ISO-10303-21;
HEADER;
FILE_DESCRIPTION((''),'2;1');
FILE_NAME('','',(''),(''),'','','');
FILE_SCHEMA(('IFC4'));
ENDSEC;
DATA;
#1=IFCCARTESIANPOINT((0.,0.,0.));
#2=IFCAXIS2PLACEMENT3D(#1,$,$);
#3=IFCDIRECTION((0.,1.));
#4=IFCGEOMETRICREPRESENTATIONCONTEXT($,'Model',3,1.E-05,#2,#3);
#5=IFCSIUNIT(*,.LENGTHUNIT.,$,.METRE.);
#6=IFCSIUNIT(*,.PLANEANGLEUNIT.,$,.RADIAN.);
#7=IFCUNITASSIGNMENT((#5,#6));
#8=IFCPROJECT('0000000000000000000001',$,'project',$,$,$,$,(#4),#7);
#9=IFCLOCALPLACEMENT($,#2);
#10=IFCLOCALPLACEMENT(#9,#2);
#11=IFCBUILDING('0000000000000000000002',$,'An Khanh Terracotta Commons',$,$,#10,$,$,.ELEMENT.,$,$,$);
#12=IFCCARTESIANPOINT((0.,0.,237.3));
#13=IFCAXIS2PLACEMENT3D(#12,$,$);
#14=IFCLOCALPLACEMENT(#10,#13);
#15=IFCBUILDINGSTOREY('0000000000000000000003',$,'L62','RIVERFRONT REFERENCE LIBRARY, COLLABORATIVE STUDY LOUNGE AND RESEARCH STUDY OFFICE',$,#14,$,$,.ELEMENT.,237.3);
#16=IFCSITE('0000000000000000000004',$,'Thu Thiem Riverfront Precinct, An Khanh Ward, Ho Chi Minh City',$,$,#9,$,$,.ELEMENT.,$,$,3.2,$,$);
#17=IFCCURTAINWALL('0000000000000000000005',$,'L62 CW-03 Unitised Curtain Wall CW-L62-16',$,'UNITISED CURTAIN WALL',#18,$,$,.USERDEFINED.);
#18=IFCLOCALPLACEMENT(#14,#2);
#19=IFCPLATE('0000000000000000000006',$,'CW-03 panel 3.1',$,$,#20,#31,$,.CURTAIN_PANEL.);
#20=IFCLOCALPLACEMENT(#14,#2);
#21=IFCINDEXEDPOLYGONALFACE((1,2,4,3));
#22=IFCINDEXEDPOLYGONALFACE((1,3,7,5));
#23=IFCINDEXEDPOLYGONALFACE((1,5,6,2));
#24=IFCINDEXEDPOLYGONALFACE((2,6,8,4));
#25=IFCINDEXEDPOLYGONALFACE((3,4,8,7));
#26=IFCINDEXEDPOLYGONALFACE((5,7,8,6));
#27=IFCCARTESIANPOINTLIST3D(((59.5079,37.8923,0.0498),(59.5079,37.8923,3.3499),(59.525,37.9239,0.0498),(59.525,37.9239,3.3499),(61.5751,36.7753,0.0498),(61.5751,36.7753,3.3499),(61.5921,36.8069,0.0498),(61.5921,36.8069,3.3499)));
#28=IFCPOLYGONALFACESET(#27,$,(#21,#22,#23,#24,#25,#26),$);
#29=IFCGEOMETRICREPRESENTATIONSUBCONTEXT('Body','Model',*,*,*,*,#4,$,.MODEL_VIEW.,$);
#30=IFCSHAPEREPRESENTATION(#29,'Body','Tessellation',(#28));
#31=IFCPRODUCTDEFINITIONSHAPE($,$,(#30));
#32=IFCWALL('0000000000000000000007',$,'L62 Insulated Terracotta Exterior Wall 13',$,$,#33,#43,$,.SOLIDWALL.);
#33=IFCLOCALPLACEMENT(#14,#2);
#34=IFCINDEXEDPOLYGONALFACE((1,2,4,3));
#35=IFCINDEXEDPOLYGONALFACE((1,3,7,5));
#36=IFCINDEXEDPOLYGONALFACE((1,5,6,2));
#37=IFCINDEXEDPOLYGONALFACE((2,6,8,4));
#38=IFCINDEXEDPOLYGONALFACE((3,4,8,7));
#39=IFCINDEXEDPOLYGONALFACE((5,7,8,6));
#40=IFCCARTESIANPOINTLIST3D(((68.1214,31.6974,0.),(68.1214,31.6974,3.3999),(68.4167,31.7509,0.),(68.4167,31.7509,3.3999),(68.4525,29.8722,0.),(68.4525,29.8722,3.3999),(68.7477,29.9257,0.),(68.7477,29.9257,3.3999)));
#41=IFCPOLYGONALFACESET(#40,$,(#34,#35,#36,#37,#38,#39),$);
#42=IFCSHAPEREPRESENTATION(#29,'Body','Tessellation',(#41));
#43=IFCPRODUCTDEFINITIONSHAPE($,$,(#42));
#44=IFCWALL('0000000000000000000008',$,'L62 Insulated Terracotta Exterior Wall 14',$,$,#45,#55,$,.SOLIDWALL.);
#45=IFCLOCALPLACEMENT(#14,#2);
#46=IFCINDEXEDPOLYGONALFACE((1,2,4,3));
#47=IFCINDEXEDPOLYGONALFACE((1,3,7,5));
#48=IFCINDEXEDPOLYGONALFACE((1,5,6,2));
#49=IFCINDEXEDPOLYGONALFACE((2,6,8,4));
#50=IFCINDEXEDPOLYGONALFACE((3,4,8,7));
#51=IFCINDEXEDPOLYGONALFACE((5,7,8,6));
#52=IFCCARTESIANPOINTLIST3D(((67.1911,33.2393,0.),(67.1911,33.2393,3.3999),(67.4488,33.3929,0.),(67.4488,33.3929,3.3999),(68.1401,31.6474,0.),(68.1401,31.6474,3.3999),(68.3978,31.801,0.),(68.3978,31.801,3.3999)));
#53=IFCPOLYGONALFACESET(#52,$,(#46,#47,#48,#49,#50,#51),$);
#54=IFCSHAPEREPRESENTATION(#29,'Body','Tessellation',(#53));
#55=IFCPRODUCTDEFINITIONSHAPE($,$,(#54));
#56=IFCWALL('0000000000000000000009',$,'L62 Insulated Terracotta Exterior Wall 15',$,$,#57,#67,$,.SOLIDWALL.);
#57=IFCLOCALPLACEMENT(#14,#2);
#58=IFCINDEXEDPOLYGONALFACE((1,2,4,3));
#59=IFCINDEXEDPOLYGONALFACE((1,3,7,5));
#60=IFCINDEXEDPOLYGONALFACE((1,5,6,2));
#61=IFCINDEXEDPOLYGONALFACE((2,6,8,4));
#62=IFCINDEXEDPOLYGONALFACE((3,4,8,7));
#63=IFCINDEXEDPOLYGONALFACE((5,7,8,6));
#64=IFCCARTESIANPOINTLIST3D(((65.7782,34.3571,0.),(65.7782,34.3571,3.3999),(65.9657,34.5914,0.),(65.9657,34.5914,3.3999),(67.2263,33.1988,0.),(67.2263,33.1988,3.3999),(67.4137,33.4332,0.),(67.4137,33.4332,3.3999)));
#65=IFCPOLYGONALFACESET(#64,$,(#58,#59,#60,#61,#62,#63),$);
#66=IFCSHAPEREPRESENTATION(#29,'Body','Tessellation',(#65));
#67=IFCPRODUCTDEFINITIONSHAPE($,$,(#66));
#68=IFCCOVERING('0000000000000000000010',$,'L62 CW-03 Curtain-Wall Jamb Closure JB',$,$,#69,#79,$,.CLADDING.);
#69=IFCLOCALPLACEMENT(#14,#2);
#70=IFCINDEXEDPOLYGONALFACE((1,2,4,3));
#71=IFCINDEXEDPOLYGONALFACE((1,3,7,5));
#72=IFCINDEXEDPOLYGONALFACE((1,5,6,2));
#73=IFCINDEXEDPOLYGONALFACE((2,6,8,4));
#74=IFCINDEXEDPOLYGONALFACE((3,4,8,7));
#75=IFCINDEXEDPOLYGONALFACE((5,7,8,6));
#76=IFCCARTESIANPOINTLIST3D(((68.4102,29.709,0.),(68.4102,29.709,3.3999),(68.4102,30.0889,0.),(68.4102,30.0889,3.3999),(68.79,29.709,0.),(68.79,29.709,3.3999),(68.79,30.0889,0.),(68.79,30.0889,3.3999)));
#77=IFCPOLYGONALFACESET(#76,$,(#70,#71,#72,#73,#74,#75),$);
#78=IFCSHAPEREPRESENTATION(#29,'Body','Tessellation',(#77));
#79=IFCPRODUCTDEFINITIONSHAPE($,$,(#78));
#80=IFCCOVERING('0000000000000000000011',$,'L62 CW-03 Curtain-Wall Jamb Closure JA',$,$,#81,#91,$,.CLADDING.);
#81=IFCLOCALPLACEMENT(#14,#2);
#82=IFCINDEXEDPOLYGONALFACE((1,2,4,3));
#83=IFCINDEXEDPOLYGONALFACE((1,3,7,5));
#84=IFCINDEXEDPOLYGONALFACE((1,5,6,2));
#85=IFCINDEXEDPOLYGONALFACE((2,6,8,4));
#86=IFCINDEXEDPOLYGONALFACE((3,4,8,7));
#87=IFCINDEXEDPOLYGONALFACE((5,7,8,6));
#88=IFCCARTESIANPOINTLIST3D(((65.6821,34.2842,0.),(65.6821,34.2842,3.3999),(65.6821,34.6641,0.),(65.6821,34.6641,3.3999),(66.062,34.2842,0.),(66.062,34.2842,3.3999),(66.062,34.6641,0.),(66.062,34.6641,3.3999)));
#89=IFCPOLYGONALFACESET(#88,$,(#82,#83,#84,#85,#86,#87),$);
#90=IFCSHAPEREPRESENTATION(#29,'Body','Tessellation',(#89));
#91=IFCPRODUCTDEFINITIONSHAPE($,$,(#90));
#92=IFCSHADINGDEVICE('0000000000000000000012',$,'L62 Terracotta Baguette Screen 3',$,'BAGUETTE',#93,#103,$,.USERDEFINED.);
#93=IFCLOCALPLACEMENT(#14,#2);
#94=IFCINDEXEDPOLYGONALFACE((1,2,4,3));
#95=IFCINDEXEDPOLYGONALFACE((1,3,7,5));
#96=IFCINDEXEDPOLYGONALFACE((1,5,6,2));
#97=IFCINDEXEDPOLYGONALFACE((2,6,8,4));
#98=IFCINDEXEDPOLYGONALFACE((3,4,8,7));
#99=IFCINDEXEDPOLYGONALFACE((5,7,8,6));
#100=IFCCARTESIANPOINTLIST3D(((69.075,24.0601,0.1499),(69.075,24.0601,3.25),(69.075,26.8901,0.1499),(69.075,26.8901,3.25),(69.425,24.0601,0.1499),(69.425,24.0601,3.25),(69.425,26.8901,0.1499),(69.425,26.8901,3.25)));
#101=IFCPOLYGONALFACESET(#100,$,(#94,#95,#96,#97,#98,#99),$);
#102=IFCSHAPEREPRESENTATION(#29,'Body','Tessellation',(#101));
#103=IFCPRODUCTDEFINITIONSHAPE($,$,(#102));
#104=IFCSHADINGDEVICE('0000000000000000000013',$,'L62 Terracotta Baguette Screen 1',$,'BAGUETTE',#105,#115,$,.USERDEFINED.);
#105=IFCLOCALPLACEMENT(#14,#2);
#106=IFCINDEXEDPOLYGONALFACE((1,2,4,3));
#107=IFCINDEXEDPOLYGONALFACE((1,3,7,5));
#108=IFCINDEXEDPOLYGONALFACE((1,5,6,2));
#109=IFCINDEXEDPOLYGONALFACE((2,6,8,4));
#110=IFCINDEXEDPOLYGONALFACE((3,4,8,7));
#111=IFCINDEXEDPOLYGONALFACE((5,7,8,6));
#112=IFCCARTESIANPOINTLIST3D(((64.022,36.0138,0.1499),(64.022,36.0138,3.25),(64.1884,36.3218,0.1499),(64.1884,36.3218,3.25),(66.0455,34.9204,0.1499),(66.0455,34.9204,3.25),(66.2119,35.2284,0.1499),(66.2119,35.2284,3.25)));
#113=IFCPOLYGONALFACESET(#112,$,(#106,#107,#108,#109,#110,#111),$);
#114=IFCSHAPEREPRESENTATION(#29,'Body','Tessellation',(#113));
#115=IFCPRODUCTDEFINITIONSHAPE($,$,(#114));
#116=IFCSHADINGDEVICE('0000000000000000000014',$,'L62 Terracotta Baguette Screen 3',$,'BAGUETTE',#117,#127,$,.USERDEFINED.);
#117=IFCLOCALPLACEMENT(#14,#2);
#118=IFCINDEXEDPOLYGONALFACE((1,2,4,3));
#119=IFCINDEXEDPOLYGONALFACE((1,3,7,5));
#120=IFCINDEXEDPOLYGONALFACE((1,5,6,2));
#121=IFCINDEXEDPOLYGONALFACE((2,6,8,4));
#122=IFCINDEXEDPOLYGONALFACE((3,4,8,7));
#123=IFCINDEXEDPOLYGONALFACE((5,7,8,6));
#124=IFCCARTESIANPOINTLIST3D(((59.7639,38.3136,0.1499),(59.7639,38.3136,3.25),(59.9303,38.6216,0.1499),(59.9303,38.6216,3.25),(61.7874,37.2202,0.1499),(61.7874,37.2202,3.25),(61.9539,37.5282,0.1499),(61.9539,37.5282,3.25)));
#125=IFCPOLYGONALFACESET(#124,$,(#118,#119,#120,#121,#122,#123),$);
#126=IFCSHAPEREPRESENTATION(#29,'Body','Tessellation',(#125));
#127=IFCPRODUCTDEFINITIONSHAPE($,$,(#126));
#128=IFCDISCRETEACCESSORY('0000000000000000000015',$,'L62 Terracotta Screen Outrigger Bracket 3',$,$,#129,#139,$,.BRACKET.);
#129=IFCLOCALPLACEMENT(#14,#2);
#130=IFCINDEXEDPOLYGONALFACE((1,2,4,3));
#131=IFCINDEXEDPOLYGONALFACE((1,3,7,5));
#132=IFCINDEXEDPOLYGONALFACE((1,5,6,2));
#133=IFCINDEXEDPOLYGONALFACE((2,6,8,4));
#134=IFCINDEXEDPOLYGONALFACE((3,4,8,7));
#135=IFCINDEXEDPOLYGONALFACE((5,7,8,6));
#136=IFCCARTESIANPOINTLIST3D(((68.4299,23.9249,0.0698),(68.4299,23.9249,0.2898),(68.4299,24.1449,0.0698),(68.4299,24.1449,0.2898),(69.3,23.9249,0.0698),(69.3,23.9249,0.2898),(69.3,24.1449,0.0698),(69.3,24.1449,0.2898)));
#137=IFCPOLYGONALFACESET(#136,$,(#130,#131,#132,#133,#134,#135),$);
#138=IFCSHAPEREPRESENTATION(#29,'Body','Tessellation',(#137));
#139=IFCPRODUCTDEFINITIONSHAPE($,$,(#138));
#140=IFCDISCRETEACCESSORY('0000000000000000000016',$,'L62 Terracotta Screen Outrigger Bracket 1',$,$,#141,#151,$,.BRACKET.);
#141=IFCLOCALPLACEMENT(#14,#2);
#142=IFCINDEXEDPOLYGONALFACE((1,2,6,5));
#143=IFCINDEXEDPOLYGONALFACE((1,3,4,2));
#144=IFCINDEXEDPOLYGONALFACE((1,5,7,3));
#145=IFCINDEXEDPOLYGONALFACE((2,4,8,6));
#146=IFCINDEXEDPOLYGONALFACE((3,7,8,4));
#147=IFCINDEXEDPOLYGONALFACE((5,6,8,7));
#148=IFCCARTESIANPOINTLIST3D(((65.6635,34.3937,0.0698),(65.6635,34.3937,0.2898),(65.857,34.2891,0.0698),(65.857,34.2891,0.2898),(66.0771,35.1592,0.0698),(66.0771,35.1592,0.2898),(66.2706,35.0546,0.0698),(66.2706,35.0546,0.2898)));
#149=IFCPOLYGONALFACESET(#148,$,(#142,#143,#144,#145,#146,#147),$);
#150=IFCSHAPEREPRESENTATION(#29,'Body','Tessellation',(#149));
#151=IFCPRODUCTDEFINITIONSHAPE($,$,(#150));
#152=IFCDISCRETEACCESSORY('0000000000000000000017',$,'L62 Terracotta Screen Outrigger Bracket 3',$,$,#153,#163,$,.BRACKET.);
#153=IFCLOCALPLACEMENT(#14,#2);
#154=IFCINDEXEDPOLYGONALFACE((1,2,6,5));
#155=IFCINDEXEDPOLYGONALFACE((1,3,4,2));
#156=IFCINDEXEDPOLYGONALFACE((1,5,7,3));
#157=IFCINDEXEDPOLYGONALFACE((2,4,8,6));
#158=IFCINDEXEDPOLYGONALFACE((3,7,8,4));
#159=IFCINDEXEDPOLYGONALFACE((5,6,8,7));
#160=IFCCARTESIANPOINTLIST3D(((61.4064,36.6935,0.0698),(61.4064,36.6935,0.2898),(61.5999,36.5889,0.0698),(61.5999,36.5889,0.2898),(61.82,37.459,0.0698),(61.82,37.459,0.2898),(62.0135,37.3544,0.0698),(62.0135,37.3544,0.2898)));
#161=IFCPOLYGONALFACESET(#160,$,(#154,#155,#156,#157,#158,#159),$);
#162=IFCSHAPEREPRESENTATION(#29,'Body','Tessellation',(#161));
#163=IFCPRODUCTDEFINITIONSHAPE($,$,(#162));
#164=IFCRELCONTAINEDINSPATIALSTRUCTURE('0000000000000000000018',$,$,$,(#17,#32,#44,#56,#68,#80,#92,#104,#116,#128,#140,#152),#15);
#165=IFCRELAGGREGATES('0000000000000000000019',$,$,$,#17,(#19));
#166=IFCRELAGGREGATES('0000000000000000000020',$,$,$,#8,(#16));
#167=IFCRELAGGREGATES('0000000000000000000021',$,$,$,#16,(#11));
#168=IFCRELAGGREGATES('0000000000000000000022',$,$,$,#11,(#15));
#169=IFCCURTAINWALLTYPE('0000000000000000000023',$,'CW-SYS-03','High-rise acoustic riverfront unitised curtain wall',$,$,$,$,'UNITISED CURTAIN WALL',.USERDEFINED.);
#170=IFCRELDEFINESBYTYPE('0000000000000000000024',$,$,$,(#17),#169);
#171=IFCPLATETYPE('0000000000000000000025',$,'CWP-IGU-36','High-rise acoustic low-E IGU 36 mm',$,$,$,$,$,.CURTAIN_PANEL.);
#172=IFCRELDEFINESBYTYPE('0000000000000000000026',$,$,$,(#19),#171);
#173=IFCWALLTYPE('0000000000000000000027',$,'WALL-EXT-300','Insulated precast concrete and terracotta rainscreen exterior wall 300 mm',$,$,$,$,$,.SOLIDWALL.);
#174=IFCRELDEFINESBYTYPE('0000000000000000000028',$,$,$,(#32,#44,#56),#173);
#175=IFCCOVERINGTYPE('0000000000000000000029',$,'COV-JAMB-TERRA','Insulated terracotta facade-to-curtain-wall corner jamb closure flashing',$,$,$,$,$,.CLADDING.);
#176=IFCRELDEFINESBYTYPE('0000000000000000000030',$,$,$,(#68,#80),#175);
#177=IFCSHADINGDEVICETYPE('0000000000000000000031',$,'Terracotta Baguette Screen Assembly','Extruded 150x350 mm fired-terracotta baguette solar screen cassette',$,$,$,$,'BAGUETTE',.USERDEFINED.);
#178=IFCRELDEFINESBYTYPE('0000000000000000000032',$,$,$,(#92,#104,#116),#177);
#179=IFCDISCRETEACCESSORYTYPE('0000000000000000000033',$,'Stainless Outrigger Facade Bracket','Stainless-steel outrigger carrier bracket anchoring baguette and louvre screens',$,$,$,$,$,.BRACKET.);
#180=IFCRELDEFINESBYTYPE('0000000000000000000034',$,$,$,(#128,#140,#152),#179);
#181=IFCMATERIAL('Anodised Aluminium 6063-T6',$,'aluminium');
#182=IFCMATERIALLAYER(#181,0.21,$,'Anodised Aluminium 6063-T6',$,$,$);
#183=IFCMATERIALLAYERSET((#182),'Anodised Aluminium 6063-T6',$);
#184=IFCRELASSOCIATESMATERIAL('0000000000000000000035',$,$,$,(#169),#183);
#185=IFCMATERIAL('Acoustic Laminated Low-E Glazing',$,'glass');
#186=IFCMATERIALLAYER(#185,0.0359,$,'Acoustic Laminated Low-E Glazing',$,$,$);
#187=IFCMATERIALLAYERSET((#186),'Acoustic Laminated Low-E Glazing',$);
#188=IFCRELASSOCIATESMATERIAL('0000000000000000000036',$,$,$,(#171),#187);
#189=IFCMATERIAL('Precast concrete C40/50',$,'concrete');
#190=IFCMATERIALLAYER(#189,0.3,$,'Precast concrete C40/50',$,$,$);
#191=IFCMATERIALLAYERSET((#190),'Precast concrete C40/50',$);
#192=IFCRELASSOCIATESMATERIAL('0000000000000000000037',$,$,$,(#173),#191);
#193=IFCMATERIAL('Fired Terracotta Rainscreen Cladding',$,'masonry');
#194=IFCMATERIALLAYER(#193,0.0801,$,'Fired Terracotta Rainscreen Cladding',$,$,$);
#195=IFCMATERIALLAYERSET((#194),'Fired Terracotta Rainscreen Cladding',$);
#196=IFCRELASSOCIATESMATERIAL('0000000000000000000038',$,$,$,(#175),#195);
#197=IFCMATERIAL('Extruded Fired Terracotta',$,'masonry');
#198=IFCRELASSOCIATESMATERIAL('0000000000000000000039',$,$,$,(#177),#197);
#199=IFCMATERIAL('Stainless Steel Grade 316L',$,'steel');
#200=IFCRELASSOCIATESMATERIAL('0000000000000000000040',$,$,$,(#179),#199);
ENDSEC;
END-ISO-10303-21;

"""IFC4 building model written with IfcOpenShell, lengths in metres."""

from ifc_helpers import new_model, si_unit, direction, frame, frame_2d, origin, origin_2d, place, context, subcontext, project, spatial, rectangle, extrude, material, layer, layer_set, type_object, element, aggregate, save


model = new_model("IFC4")

# Units and contexts
model_context = context("Model", 3, precision=1e-05, world=origin(), true_north=direction((0.0, 1.0)))
body_context = subcontext(model_context, "Body", "Model", "MODEL_VIEW")
ifc_project = project(units=[si_unit("LENGTHUNIT", "METRE"), si_unit("PLANEANGLEUNIT", "RADIAN")], contexts=[model_context])

# Site, building, storey
site_placement = place(None, origin())
site = spatial("IfcSite", under=ifc_project, at=site_placement, Name="Thu Thiem Riverfront Precinct, An Khanh Ward, Ho Chi Minh City", CompositionType="ELEMENT", RefElevation=3.2)
building_placement = place(site_placement, origin())
building = spatial("IfcBuilding", under=site, at=building_placement, Name="An Khanh Terracotta Commons", CompositionType="ELEMENT")
storey_placement = place(building_placement, frame((0.0, 0.0, 237.3)))
storey = spatial("IfcBuildingStorey", under=building, at=storey_placement, Name="L62", Description="RIVERFRONT REFERENCE LIBRARY, COLLABORATIVE STUDY LOUNGE AND RESEARCH STUDY OFFICE", CompositionType="ELEMENT", Elevation=237.3)

# Curtain wall
ifc_material_1 = material(Name="Anodised Aluminium 6063-T6", Category="aluminium")
ifc_layer_1 = layer(ifc_material_1, 0.21, Name="Anodised Aluminium 6063-T6")
ifc_layer_set_1 = layer_set([ifc_layer_1], Name="Anodised Aluminium 6063-T6")
curtain_wall_type = type_object("IfcCurtainWallType", Name="CW-SYS-03", Description="High-rise acoustic riverfront unitised curtain wall", ElementType="UNITISED CURTAIN WALL", PredefinedType="USERDEFINED", material=ifc_layer_set_1)
curtain_wall_1_placement = place(storey_placement, origin())
curtain_wall_1 = element("IfcCurtainWall", 1, at=curtain_wall_1_placement, inside=storey, type_object=curtain_wall_type, Name="L62 CW-03 Unitised Curtain Wall CW-L62-16", ObjectType="UNITISED CURTAIN WALL", PredefinedType="USERDEFINED")

# Plate
ifc_material_2 = material(Name="Acoustic Laminated Low-E Glazing", Category="glass")
ifc_layer_2 = layer(ifc_material_2, 0.0359, Name="Acoustic Laminated Low-E Glazing")
ifc_layer_set_2 = layer_set([ifc_layer_2], Name="Acoustic Laminated Low-E Glazing")
plate_type = type_object("IfcPlateType", Name="CWP-IGU-36", Description="High-rise acoustic low-E IGU 36 mm", PredefinedType="CURTAIN_PANEL", material=ifc_layer_set_2)
plate_1_placement = place(storey_placement, frame((60.55, 37.3496, 0.0498), z_axis=(0.0, 0.0, 1.0), x_axis=(-0.87978, 0.475381, 0.0)))
plate_1 = element("IfcPlate", 2, at=plate_1_placement, type_object=plate_type, Name="CW-03 panel 3.1", PredefinedType="CURTAIN_PANEL", context=body_context, shape_type="SweptSolid", body=[
    extrude(rectangle(XDim=2.3496, YDim=0.0359, at=origin_2d()), origin(), (0.0, 0.0, 1.0), 3.3),
])
aggregate(curtain_wall_1, [plate_1])

# Walls
ifc_material_3 = material(Name="Precast concrete C40/50", Category="concrete")
ifc_layer_3 = layer(ifc_material_3, 0.3, Name="Precast concrete C40/50")
ifc_layer_set_3 = layer_set([ifc_layer_3], Name="Precast concrete C40/50")
wall_type = type_object("IfcWallType", Name="WALL-EXT-300", Description="Insulated precast concrete and terracotta rainscreen exterior wall 300 mm", PredefinedType="SOLIDWALL", material=ifc_layer_set_3)
wall_1_placement = place(storey_placement, frame((68.6001, 29.8989, 0.0), z_axis=(0.0, 0.0, 1.0), x_axis=(-0.178468, 0.983946, 0.0)))
element("IfcWall", 3, at=wall_1_placement, inside=storey, type_object=wall_type, Name="L62 Insulated Terracotta Exterior Wall 13", PredefinedType="SOLIDWALL", context=body_context, shape_type="SweptSolid", body=[
    extrude(rectangle(XDim=1.855, YDim=0.3, at=frame_2d((0.9275, 0.0))), origin(), (0.0, 0.0, 1.0), 3.3999),
])
wall_2_placement = place(storey_placement, frame((68.269, 31.7241, 0.0), z_axis=(0.0, 0.0, 1.0), x_axis=(-0.512072, 0.858943, 0.0)))
element("IfcWall", 4, at=wall_2_placement, inside=storey, type_object=wall_type, Name="L62 Insulated Terracotta Exterior Wall 14", PredefinedType="SOLIDWALL", context=body_context, shape_type="SweptSolid", body=[
    extrude(rectangle(XDim=1.8533, YDim=0.3, at=frame_2d((0.9268, 0.0))), origin(), (0.0, 0.0, 1.0), 3.3999),
])
wall_3_placement = place(storey_placement, frame((67.3201, 33.3159, 0.0), z_axis=(0.0, 0.0, 1.0), x_axis=(-0.78092, 0.624631, 0.0)))
element("IfcWall", 5, at=wall_3_placement, inside=storey, type_object=wall_type, Name="L62 Insulated Terracotta Exterior Wall 15", PredefinedType="SOLIDWALL", context=body_context, shape_type="SweptSolid", body=[
    extrude(rectangle(XDim=1.8542, YDim=0.3, at=frame_2d((0.9272, 0.0))), origin(), (0.0, 0.0, 1.0), 3.3999),
])

# Coverings
ifc_material_4 = material(Name="Fired Terracotta Rainscreen Cladding", Category="masonry")
ifc_layer_4 = layer(ifc_material_4, 0.0801, Name="Fired Terracotta Rainscreen Cladding")
ifc_layer_set_4 = layer_set([ifc_layer_4], Name="Fired Terracotta Rainscreen Cladding")
covering_type = type_object("IfcCoveringType", Name="COV-JAMB-TERRA", Description="Insulated terracotta facade-to-curtain-wall corner jamb closure flashing", PredefinedType="CLADDING", material=ifc_layer_set_4)
for number, where, z_axis, x_axis, name in (
    (6, (68.6001, 29.8989, 0.0), (0.0, 0.0, 1.0), (1.0, 0.0, 0.0), "L62 CW-03 Curtain-Wall Jamb Closure JB"),
    (7, (65.8721, 34.4741, 0.0), (0.0, 0.0, 1.0), (1.0, 0.0, 0.0), "L62 CW-03 Curtain-Wall Jamb Closure JA"),
):
    element("IfcCovering", number, at=place(storey_placement, frame(where, z_axis=z_axis, x_axis=x_axis)), inside=storey, type_object=covering_type, Name=name, PredefinedType="CLADDING", context=body_context, shape_type="SweptSolid", body=[
        extrude(rectangle(XDim=0.3799, YDim=0.3799, at=origin_2d()), origin(), (0.0, 0.0, 1.0), 3.3999),
    ])

# Shading devices
ifc_material_5 = material(Name="Extruded Fired Terracotta", Category="masonry")
shading_device_type = type_object("IfcShadingDeviceType", Name="Terracotta Baguette Screen Assembly", Description="Extruded 150x350 mm fired-terracotta baguette solar screen cassette", ElementType="BAGUETTE", PredefinedType="USERDEFINED", material=ifc_material_5)
shading_device_placement = place(storey_placement, frame((69.25, 25.4751, 0.1499), z_axis=(0.0, 0.0, 1.0), x_axis=(0.0, 1.0, 0.0)))
element("IfcShadingDevice", 8, at=shading_device_placement, inside=storey, type_object=shading_device_type, Name="L62 Terracotta Baguette Screen 3", ObjectType="BAGUETTE", PredefinedType="USERDEFINED", context=body_context, shape_type="SweptSolid", body=[
    extrude(rectangle(XDim=2.8301, YDim=0.3501, at=origin_2d()), origin(), (0.0, 0.0, 1.0), 3.1001),
])
for number, where, z_axis, x_axis, name in (
    (9, (65.1169, 35.6211, 0.1499), (0.0, 0.0, 1.0), (-0.87978, 0.475381, 0.0), "L62 Terracotta Baguette Screen 1"),
    (10, (60.8589, 37.9209, 0.1499), (0.0, 0.0, 1.0), (-0.87978, 0.475381, 0.0), "L62 Terracotta Baguette Screen 3"),
):
    element("IfcShadingDevice", number, at=place(storey_placement, frame(where, z_axis=z_axis, x_axis=x_axis)), inside=storey, type_object=shading_device_type, Name=name, ObjectType="BAGUETTE", PredefinedType="USERDEFINED", context=body_context, shape_type="SweptSolid", body=[
        extrude(rectangle(XDim=2.3, YDim=0.3501, at=origin_2d()), origin(), (0.0, 0.0, 1.0), 3.1001),
    ])

# Discrete accessories
ifc_material_6 = material(Name="Stainless Steel Grade 316L", Category="steel")
discrete_accessory_type = type_object("IfcDiscreteAccessoryType", Name="Stainless Outrigger Facade Bracket", Description="Stainless-steel outrigger carrier bracket anchoring baguette and louvre screens", PredefinedType="BRACKET", material=ifc_material_6)
for number, where, z_axis, x_axis, name in (
    (11, (68.865, 24.0349, 0.0698), (0.0, 0.0, 1.0), (0.0, 1.0, 0.0), "L62 Terracotta Screen Outrigger Bracket 3"),
    (12, (65.967, 34.7241, 0.0698), (0.0, 0.0, 1.0), (-0.87978, 0.475381, 0.0), "L62 Terracotta Screen Outrigger Bracket 1"),
    (13, (61.71, 37.0239, 0.0698), (0.0, 0.0, 1.0), (-0.87978, 0.475381, 0.0), "L62 Terracotta Screen Outrigger Bracket 3"),
):
    element("IfcDiscreteAccessory", number, at=place(storey_placement, frame(where, z_axis=z_axis, x_axis=x_axis)), inside=storey, type_object=discrete_accessory_type, Name=name, PredefinedType="BRACKET", context=body_context, shape_type="SweptSolid", body=[
        extrude(rectangle(XDim=0.22, YDim=0.8701, at=origin_2d()), origin(), (0.0, 0.0, 1.0), 0.22),
    ])

save(model, "model.ifc")
